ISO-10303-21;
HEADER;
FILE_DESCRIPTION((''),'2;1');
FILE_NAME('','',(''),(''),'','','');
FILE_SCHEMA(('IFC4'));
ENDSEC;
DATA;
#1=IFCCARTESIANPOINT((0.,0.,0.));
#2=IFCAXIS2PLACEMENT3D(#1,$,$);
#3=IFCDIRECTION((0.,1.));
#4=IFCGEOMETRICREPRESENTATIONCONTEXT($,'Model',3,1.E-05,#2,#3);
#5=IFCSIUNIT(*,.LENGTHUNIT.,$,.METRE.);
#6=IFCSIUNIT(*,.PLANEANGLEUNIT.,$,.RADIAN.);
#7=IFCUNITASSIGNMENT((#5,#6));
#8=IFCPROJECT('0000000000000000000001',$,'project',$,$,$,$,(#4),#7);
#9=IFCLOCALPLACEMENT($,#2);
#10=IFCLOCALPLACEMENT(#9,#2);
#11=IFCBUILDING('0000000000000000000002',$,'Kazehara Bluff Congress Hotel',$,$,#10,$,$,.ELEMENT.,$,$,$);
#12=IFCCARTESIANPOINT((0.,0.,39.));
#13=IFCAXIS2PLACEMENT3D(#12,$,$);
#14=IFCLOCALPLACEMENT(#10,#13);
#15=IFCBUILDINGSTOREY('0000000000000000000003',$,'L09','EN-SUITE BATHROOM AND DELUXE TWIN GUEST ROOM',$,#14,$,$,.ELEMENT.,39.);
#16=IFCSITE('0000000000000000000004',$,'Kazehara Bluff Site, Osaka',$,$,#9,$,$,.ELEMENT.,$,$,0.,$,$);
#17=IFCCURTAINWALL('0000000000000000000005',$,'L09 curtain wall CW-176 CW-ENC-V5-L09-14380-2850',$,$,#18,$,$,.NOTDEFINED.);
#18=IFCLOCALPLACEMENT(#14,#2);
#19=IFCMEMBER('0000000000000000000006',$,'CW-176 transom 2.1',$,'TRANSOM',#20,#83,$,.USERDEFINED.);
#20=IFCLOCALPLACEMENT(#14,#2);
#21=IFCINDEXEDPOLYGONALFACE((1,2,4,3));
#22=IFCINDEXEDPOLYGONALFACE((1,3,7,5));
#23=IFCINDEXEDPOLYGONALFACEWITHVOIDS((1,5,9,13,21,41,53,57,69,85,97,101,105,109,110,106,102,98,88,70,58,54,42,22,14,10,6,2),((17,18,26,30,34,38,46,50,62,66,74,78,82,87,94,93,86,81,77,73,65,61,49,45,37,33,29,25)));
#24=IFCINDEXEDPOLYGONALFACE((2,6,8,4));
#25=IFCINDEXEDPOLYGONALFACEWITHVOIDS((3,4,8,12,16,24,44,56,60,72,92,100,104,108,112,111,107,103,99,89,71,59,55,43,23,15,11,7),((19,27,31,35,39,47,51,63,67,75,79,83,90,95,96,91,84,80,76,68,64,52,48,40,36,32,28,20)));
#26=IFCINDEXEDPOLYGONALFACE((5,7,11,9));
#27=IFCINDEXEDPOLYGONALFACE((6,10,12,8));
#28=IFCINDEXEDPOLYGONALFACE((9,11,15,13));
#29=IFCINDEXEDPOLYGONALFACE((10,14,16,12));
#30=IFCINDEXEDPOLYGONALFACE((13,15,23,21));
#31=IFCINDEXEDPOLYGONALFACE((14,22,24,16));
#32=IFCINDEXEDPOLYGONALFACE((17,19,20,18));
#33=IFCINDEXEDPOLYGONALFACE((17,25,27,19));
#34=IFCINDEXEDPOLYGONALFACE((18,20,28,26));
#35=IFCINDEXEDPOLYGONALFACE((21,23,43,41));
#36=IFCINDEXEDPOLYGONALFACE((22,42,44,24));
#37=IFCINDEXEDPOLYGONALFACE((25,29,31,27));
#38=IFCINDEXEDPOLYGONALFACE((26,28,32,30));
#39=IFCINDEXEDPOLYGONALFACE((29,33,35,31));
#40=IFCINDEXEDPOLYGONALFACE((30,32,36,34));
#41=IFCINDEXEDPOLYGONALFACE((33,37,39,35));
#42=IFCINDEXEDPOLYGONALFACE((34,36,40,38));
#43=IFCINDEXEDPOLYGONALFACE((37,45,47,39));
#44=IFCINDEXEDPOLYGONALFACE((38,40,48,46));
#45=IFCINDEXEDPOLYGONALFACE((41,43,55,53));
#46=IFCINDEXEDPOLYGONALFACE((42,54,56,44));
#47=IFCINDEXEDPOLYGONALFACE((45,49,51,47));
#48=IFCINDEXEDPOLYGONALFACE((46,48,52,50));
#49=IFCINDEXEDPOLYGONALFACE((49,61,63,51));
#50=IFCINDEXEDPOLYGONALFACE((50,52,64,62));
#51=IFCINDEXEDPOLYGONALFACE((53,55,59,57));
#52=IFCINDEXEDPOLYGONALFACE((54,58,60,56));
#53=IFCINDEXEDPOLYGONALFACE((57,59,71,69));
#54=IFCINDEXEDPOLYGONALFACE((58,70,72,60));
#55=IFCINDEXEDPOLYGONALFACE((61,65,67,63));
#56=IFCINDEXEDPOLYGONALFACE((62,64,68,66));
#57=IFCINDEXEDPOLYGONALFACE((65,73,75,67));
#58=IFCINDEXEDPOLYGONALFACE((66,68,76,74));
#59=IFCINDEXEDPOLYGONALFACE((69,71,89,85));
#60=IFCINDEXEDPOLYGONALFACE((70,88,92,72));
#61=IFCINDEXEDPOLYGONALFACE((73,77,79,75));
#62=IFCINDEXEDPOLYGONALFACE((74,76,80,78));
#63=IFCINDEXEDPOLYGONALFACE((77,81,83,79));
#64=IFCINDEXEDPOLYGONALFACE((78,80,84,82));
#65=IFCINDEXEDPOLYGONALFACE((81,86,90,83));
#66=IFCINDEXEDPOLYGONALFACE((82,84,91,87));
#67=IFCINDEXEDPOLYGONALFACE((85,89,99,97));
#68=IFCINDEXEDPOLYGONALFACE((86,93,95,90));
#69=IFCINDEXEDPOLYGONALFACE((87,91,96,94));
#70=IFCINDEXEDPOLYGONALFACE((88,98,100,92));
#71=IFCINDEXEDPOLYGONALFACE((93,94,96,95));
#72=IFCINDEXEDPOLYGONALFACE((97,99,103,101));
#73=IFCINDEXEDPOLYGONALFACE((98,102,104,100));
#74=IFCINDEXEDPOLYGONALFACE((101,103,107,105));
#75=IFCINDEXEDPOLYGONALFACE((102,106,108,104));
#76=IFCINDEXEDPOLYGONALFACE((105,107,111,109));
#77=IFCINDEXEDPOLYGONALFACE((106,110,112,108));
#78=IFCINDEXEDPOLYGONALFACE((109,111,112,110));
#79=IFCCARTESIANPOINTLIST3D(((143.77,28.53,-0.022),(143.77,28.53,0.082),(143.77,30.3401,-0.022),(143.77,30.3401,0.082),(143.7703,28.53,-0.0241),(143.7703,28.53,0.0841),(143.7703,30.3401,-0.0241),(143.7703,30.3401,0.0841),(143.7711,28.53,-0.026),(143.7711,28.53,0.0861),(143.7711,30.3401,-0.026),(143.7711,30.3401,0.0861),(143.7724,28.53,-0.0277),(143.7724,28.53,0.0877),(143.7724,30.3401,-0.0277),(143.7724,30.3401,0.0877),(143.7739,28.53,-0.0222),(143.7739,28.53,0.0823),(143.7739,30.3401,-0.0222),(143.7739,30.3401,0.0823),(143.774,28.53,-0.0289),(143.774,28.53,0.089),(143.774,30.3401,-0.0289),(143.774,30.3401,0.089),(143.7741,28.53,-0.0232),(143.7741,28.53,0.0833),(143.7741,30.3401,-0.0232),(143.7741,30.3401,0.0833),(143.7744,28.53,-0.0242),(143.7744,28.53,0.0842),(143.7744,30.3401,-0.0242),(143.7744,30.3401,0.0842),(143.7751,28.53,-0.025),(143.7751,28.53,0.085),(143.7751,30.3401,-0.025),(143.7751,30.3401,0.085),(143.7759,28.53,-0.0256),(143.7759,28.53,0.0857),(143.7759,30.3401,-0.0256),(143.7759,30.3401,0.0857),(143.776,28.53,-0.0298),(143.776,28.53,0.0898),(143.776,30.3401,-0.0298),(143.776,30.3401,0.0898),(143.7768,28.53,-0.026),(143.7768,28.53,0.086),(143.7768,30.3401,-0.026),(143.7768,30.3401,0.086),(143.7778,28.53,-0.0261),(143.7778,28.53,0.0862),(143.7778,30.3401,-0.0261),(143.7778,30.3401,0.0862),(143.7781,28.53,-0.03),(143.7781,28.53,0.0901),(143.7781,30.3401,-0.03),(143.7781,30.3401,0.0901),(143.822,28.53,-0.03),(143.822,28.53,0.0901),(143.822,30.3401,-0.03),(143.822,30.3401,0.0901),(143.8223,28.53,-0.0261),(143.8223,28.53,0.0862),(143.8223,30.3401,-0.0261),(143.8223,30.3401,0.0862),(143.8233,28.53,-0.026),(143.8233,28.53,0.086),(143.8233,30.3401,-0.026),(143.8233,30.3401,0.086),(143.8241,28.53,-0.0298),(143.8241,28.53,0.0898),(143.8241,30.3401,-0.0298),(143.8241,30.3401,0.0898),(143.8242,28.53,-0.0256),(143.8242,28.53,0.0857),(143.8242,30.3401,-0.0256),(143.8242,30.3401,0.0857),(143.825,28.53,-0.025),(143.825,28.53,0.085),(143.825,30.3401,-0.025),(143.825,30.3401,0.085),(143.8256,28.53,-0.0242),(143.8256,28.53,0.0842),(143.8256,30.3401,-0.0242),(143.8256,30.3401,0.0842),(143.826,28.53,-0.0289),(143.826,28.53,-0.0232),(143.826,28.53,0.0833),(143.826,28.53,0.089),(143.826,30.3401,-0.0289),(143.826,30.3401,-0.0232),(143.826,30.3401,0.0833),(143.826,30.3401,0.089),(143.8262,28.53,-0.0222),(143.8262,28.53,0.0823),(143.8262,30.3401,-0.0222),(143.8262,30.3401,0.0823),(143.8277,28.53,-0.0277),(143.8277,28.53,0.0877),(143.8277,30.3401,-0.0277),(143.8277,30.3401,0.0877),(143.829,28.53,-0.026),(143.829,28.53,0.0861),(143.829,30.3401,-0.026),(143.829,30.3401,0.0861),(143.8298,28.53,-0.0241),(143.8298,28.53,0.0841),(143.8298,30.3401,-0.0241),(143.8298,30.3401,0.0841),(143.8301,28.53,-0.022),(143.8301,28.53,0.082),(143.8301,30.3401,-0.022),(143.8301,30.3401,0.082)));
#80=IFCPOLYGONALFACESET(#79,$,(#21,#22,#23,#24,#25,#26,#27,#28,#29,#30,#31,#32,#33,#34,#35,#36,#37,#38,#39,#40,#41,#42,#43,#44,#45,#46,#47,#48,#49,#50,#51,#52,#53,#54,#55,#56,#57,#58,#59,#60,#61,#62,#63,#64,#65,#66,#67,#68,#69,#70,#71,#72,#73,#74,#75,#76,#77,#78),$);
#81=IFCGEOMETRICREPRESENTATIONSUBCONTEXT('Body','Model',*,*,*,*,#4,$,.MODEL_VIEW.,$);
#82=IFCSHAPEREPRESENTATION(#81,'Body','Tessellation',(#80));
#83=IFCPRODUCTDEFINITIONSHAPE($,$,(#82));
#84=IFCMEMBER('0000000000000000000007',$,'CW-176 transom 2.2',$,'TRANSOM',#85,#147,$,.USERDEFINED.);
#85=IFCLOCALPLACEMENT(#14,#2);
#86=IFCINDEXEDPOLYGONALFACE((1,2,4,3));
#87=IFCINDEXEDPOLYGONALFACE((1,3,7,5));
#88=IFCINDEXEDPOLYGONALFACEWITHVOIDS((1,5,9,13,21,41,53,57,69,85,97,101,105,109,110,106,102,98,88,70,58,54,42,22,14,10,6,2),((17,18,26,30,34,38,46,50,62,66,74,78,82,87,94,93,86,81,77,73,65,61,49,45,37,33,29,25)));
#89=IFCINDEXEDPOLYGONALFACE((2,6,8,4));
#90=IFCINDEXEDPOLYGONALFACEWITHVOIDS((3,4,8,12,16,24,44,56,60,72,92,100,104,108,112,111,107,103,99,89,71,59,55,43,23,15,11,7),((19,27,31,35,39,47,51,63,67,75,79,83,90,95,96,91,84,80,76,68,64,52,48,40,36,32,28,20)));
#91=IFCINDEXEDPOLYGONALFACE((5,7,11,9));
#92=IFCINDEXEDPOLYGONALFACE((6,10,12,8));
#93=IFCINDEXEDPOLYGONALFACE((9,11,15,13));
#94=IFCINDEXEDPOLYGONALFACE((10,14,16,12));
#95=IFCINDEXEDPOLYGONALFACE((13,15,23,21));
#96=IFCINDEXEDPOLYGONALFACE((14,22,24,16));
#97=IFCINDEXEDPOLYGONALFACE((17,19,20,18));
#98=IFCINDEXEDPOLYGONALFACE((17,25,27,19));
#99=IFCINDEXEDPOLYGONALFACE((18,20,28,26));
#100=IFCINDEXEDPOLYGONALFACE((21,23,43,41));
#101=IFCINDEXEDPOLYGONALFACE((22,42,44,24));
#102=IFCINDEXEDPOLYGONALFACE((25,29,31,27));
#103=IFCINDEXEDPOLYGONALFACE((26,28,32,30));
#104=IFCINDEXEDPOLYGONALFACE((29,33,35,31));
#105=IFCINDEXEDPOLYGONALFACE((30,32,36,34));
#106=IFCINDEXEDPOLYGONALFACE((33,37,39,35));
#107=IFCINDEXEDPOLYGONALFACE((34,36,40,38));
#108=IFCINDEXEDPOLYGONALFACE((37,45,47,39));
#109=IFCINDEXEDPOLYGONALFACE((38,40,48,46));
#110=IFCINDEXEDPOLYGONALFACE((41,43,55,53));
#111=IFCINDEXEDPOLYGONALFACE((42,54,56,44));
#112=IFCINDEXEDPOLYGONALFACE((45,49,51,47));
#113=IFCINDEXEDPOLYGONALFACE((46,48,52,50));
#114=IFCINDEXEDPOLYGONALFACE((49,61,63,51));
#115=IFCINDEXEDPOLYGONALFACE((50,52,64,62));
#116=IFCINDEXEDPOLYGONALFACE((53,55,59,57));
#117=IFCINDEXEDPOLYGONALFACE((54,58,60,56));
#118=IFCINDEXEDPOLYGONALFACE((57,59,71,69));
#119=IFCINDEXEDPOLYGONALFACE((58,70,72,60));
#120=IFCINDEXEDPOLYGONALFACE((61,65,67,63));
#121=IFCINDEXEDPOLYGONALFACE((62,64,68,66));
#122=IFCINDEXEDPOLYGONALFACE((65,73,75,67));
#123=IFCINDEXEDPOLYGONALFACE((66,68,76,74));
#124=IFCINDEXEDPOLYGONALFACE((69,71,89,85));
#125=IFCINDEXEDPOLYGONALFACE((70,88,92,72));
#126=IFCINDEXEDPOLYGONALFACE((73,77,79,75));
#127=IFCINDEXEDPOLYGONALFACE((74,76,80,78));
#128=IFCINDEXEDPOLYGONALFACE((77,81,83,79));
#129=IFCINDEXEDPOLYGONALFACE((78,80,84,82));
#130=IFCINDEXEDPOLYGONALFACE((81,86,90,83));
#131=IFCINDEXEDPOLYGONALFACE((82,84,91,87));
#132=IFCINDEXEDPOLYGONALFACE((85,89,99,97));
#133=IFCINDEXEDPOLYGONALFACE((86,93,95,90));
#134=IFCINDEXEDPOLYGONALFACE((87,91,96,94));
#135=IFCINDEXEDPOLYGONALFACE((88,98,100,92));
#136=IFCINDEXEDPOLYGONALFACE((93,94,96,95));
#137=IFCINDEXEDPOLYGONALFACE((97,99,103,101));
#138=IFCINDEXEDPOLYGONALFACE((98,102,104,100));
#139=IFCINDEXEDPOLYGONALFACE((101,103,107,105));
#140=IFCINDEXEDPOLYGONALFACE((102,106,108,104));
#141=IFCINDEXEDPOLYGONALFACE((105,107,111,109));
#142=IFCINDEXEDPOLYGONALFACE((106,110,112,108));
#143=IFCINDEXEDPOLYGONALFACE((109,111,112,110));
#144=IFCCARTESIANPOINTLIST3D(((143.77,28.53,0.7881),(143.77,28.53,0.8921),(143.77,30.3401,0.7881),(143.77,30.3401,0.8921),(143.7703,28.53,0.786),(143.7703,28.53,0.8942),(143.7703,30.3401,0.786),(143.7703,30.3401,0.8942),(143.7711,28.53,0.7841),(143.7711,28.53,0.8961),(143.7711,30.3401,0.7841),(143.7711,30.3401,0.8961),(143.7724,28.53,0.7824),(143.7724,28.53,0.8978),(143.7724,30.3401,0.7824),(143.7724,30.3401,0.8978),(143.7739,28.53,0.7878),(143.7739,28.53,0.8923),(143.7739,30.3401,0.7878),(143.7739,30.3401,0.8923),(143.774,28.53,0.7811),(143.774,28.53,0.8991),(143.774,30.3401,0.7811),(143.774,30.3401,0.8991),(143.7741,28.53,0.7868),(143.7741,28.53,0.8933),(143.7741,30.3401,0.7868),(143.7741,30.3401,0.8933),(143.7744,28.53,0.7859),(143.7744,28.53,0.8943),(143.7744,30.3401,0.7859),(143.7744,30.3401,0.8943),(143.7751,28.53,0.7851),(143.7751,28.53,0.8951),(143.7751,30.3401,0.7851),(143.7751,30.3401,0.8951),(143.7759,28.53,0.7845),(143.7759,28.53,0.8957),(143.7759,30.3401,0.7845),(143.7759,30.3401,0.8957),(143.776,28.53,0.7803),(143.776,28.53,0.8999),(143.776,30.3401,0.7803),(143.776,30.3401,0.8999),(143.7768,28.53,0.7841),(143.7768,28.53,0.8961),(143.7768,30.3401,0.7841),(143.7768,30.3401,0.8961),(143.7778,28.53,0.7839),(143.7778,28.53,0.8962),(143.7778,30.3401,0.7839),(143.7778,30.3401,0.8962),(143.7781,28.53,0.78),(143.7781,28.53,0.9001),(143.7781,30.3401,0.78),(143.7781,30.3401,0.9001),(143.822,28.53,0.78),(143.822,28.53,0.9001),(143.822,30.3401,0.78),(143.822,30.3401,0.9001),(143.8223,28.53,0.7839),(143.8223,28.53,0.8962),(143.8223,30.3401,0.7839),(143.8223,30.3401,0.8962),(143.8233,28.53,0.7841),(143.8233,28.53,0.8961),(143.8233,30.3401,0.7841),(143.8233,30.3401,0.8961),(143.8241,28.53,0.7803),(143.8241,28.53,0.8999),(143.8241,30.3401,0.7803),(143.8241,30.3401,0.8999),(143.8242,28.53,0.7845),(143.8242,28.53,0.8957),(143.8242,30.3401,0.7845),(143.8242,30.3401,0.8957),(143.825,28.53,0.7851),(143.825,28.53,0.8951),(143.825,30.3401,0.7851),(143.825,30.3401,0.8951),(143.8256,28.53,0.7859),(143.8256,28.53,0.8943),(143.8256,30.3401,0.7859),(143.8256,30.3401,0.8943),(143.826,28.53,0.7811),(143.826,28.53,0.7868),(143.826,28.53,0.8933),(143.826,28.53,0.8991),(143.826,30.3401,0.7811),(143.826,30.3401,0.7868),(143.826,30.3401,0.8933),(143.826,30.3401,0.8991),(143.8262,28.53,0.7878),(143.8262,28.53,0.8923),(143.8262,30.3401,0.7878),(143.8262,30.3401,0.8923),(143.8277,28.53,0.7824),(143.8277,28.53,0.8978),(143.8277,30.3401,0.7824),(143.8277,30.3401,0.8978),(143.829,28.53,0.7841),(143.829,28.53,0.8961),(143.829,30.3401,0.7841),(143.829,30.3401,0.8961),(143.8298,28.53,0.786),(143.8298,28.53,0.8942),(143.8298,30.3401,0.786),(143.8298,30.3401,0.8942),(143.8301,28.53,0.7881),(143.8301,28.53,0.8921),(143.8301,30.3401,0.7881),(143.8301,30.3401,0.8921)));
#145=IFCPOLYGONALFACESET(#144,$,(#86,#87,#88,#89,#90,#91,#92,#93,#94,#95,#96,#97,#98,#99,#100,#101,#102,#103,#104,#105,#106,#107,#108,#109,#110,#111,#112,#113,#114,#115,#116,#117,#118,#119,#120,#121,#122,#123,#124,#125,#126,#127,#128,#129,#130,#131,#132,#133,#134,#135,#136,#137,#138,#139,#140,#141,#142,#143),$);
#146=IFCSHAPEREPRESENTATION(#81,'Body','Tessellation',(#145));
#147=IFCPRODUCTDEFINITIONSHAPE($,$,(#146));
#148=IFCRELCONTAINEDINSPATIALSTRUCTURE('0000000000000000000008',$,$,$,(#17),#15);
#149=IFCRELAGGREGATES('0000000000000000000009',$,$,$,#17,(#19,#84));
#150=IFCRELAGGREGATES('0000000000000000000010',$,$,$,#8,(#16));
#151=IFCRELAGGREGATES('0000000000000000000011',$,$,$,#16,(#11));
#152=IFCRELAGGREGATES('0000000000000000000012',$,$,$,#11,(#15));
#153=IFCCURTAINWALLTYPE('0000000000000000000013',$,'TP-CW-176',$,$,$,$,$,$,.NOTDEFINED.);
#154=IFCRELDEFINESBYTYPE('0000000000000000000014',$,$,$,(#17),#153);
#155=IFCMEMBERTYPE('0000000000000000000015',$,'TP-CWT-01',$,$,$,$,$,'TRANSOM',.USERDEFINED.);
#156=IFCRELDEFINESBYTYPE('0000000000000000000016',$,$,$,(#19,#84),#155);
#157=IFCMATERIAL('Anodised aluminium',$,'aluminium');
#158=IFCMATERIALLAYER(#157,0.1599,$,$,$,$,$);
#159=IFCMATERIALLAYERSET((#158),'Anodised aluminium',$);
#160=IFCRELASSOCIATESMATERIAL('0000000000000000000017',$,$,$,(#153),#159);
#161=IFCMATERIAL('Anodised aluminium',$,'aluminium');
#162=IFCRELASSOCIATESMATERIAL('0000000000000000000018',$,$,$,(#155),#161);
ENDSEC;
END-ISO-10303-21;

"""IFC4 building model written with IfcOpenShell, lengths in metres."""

from ifc_helpers import new_model, si_unit, direction, frame, origin, origin_2d, place, context, subcontext, project, spatial, hollow_rectangle, extrude, material, layer, layer_set, material_profile, profile_set, type_object, element, aggregate, save


model = new_model("IFC4")

# Units and contexts
model_context = context("Model", 3, precision=1e-05, world=origin(), true_north=direction((0.0, 1.0)))
body_context = subcontext(model_context, "Body", "Model", "MODEL_VIEW")
ifc_project = project(units=[si_unit("LENGTHUNIT", "METRE"), si_unit("PLANEANGLEUNIT", "RADIAN")], contexts=[model_context])

# Site, building, storey
site_placement = place(None, origin())
site = spatial("IfcSite", under=ifc_project, at=site_placement, Name="Kazehara Bluff Site, Osaka", CompositionType="ELEMENT", RefElevation=0.0)
building_placement = place(site_placement, origin())
building = spatial("IfcBuilding", under=site, at=building_placement, Name="Kazehara Bluff Congress Hotel", CompositionType="ELEMENT")
storey_placement = place(building_placement, frame((0.0, 0.0, 39.0)))
storey = spatial("IfcBuildingStorey", under=building, at=storey_placement, Name="L09", Description="EN-SUITE BATHROOM AND DELUXE TWIN GUEST ROOM", CompositionType="ELEMENT", Elevation=39.0)

# Curtain wall
ifc_material_1 = material(Name="Anodised aluminium", Category="aluminium")
ifc_layer_1 = layer(ifc_material_1, 0.1599)
ifc_layer_set_1 = layer_set([ifc_layer_1], Name="Anodised aluminium")
curtain_wall_type_1 = type_object("IfcCurtainWallType", Name="TP-CW-176", PredefinedType="NOTDEFINED", material=ifc_layer_set_1)
curtain_wall_1_placement = place(storey_placement, origin())
curtain_wall_1 = element("IfcCurtainWall", 1, at=curtain_wall_1_placement, inside=storey, type_object=curtain_wall_type_1, Name="L09 curtain wall CW-176 CW-ENC-V5-L09-14380-2850", PredefinedType="NOTDEFINED")

# Members
ifc_material_2 = material(Name="Anodised aluminium", Category="aluminium")
ifc_material_profile_1 = material_profile(ifc_material_2, hollow_rectangle(XDim=0.0601, YDim=0.1201, WallThickness=0.0039, InnerFilletRadius=0.0039, OuterFilletRadius=0.0081, at=origin_2d()))
ifc_profile_set_1 = profile_set([ifc_material_profile_1], Name="Anodised aluminium")
member_type_1 = type_object("IfcMemberType", Name="TP-CWT-01", ElementType="TRANSOM", PredefinedType="USERDEFINED", material=ifc_profile_set_1)
member_1_placement = place(storey_placement, frame((143.8, 28.53, 0.03), z_axis=(0.0, 1.0, 0.0), x_axis=(-1.0, 0.0, 0.0)))
member_1 = element("IfcMember", 2, at=member_1_placement, type_object=member_type_1, Name="CW-176 transom 2.1", ObjectType="TRANSOM", PredefinedType="USERDEFINED", context=body_context, shape_type="SweptSolid", body=[
    extrude(hollow_rectangle(XDim=0.0601, YDim=0.1201, WallThickness=0.0039, InnerFilletRadius=0.0039, OuterFilletRadius=0.0081, at=origin_2d()), origin(), (0.0, 0.0, 1.0), 1.8101),
])
member_2_placement = place(storey_placement, frame((143.8, 28.53, 0.8401), z_axis=(0.0, 1.0, 0.0), x_axis=(-1.0, 0.0, 0.0)))
member_2 = element("IfcMember", 3, at=member_2_placement, type_object=member_type_1, Name="CW-176 transom 2.2", ObjectType="TRANSOM", PredefinedType="USERDEFINED", context=body_context, shape_type="SweptSolid", body=[
    extrude(hollow_rectangle(XDim=0.0601, YDim=0.1201, WallThickness=0.0039, InnerFilletRadius=0.0039, OuterFilletRadius=0.0081, at=origin_2d()), origin(), (0.0, 0.0, 1.0), 1.8101),
])

aggregate(curtain_wall_1, [member_1, member_2])

save(model, "model.ifc")
